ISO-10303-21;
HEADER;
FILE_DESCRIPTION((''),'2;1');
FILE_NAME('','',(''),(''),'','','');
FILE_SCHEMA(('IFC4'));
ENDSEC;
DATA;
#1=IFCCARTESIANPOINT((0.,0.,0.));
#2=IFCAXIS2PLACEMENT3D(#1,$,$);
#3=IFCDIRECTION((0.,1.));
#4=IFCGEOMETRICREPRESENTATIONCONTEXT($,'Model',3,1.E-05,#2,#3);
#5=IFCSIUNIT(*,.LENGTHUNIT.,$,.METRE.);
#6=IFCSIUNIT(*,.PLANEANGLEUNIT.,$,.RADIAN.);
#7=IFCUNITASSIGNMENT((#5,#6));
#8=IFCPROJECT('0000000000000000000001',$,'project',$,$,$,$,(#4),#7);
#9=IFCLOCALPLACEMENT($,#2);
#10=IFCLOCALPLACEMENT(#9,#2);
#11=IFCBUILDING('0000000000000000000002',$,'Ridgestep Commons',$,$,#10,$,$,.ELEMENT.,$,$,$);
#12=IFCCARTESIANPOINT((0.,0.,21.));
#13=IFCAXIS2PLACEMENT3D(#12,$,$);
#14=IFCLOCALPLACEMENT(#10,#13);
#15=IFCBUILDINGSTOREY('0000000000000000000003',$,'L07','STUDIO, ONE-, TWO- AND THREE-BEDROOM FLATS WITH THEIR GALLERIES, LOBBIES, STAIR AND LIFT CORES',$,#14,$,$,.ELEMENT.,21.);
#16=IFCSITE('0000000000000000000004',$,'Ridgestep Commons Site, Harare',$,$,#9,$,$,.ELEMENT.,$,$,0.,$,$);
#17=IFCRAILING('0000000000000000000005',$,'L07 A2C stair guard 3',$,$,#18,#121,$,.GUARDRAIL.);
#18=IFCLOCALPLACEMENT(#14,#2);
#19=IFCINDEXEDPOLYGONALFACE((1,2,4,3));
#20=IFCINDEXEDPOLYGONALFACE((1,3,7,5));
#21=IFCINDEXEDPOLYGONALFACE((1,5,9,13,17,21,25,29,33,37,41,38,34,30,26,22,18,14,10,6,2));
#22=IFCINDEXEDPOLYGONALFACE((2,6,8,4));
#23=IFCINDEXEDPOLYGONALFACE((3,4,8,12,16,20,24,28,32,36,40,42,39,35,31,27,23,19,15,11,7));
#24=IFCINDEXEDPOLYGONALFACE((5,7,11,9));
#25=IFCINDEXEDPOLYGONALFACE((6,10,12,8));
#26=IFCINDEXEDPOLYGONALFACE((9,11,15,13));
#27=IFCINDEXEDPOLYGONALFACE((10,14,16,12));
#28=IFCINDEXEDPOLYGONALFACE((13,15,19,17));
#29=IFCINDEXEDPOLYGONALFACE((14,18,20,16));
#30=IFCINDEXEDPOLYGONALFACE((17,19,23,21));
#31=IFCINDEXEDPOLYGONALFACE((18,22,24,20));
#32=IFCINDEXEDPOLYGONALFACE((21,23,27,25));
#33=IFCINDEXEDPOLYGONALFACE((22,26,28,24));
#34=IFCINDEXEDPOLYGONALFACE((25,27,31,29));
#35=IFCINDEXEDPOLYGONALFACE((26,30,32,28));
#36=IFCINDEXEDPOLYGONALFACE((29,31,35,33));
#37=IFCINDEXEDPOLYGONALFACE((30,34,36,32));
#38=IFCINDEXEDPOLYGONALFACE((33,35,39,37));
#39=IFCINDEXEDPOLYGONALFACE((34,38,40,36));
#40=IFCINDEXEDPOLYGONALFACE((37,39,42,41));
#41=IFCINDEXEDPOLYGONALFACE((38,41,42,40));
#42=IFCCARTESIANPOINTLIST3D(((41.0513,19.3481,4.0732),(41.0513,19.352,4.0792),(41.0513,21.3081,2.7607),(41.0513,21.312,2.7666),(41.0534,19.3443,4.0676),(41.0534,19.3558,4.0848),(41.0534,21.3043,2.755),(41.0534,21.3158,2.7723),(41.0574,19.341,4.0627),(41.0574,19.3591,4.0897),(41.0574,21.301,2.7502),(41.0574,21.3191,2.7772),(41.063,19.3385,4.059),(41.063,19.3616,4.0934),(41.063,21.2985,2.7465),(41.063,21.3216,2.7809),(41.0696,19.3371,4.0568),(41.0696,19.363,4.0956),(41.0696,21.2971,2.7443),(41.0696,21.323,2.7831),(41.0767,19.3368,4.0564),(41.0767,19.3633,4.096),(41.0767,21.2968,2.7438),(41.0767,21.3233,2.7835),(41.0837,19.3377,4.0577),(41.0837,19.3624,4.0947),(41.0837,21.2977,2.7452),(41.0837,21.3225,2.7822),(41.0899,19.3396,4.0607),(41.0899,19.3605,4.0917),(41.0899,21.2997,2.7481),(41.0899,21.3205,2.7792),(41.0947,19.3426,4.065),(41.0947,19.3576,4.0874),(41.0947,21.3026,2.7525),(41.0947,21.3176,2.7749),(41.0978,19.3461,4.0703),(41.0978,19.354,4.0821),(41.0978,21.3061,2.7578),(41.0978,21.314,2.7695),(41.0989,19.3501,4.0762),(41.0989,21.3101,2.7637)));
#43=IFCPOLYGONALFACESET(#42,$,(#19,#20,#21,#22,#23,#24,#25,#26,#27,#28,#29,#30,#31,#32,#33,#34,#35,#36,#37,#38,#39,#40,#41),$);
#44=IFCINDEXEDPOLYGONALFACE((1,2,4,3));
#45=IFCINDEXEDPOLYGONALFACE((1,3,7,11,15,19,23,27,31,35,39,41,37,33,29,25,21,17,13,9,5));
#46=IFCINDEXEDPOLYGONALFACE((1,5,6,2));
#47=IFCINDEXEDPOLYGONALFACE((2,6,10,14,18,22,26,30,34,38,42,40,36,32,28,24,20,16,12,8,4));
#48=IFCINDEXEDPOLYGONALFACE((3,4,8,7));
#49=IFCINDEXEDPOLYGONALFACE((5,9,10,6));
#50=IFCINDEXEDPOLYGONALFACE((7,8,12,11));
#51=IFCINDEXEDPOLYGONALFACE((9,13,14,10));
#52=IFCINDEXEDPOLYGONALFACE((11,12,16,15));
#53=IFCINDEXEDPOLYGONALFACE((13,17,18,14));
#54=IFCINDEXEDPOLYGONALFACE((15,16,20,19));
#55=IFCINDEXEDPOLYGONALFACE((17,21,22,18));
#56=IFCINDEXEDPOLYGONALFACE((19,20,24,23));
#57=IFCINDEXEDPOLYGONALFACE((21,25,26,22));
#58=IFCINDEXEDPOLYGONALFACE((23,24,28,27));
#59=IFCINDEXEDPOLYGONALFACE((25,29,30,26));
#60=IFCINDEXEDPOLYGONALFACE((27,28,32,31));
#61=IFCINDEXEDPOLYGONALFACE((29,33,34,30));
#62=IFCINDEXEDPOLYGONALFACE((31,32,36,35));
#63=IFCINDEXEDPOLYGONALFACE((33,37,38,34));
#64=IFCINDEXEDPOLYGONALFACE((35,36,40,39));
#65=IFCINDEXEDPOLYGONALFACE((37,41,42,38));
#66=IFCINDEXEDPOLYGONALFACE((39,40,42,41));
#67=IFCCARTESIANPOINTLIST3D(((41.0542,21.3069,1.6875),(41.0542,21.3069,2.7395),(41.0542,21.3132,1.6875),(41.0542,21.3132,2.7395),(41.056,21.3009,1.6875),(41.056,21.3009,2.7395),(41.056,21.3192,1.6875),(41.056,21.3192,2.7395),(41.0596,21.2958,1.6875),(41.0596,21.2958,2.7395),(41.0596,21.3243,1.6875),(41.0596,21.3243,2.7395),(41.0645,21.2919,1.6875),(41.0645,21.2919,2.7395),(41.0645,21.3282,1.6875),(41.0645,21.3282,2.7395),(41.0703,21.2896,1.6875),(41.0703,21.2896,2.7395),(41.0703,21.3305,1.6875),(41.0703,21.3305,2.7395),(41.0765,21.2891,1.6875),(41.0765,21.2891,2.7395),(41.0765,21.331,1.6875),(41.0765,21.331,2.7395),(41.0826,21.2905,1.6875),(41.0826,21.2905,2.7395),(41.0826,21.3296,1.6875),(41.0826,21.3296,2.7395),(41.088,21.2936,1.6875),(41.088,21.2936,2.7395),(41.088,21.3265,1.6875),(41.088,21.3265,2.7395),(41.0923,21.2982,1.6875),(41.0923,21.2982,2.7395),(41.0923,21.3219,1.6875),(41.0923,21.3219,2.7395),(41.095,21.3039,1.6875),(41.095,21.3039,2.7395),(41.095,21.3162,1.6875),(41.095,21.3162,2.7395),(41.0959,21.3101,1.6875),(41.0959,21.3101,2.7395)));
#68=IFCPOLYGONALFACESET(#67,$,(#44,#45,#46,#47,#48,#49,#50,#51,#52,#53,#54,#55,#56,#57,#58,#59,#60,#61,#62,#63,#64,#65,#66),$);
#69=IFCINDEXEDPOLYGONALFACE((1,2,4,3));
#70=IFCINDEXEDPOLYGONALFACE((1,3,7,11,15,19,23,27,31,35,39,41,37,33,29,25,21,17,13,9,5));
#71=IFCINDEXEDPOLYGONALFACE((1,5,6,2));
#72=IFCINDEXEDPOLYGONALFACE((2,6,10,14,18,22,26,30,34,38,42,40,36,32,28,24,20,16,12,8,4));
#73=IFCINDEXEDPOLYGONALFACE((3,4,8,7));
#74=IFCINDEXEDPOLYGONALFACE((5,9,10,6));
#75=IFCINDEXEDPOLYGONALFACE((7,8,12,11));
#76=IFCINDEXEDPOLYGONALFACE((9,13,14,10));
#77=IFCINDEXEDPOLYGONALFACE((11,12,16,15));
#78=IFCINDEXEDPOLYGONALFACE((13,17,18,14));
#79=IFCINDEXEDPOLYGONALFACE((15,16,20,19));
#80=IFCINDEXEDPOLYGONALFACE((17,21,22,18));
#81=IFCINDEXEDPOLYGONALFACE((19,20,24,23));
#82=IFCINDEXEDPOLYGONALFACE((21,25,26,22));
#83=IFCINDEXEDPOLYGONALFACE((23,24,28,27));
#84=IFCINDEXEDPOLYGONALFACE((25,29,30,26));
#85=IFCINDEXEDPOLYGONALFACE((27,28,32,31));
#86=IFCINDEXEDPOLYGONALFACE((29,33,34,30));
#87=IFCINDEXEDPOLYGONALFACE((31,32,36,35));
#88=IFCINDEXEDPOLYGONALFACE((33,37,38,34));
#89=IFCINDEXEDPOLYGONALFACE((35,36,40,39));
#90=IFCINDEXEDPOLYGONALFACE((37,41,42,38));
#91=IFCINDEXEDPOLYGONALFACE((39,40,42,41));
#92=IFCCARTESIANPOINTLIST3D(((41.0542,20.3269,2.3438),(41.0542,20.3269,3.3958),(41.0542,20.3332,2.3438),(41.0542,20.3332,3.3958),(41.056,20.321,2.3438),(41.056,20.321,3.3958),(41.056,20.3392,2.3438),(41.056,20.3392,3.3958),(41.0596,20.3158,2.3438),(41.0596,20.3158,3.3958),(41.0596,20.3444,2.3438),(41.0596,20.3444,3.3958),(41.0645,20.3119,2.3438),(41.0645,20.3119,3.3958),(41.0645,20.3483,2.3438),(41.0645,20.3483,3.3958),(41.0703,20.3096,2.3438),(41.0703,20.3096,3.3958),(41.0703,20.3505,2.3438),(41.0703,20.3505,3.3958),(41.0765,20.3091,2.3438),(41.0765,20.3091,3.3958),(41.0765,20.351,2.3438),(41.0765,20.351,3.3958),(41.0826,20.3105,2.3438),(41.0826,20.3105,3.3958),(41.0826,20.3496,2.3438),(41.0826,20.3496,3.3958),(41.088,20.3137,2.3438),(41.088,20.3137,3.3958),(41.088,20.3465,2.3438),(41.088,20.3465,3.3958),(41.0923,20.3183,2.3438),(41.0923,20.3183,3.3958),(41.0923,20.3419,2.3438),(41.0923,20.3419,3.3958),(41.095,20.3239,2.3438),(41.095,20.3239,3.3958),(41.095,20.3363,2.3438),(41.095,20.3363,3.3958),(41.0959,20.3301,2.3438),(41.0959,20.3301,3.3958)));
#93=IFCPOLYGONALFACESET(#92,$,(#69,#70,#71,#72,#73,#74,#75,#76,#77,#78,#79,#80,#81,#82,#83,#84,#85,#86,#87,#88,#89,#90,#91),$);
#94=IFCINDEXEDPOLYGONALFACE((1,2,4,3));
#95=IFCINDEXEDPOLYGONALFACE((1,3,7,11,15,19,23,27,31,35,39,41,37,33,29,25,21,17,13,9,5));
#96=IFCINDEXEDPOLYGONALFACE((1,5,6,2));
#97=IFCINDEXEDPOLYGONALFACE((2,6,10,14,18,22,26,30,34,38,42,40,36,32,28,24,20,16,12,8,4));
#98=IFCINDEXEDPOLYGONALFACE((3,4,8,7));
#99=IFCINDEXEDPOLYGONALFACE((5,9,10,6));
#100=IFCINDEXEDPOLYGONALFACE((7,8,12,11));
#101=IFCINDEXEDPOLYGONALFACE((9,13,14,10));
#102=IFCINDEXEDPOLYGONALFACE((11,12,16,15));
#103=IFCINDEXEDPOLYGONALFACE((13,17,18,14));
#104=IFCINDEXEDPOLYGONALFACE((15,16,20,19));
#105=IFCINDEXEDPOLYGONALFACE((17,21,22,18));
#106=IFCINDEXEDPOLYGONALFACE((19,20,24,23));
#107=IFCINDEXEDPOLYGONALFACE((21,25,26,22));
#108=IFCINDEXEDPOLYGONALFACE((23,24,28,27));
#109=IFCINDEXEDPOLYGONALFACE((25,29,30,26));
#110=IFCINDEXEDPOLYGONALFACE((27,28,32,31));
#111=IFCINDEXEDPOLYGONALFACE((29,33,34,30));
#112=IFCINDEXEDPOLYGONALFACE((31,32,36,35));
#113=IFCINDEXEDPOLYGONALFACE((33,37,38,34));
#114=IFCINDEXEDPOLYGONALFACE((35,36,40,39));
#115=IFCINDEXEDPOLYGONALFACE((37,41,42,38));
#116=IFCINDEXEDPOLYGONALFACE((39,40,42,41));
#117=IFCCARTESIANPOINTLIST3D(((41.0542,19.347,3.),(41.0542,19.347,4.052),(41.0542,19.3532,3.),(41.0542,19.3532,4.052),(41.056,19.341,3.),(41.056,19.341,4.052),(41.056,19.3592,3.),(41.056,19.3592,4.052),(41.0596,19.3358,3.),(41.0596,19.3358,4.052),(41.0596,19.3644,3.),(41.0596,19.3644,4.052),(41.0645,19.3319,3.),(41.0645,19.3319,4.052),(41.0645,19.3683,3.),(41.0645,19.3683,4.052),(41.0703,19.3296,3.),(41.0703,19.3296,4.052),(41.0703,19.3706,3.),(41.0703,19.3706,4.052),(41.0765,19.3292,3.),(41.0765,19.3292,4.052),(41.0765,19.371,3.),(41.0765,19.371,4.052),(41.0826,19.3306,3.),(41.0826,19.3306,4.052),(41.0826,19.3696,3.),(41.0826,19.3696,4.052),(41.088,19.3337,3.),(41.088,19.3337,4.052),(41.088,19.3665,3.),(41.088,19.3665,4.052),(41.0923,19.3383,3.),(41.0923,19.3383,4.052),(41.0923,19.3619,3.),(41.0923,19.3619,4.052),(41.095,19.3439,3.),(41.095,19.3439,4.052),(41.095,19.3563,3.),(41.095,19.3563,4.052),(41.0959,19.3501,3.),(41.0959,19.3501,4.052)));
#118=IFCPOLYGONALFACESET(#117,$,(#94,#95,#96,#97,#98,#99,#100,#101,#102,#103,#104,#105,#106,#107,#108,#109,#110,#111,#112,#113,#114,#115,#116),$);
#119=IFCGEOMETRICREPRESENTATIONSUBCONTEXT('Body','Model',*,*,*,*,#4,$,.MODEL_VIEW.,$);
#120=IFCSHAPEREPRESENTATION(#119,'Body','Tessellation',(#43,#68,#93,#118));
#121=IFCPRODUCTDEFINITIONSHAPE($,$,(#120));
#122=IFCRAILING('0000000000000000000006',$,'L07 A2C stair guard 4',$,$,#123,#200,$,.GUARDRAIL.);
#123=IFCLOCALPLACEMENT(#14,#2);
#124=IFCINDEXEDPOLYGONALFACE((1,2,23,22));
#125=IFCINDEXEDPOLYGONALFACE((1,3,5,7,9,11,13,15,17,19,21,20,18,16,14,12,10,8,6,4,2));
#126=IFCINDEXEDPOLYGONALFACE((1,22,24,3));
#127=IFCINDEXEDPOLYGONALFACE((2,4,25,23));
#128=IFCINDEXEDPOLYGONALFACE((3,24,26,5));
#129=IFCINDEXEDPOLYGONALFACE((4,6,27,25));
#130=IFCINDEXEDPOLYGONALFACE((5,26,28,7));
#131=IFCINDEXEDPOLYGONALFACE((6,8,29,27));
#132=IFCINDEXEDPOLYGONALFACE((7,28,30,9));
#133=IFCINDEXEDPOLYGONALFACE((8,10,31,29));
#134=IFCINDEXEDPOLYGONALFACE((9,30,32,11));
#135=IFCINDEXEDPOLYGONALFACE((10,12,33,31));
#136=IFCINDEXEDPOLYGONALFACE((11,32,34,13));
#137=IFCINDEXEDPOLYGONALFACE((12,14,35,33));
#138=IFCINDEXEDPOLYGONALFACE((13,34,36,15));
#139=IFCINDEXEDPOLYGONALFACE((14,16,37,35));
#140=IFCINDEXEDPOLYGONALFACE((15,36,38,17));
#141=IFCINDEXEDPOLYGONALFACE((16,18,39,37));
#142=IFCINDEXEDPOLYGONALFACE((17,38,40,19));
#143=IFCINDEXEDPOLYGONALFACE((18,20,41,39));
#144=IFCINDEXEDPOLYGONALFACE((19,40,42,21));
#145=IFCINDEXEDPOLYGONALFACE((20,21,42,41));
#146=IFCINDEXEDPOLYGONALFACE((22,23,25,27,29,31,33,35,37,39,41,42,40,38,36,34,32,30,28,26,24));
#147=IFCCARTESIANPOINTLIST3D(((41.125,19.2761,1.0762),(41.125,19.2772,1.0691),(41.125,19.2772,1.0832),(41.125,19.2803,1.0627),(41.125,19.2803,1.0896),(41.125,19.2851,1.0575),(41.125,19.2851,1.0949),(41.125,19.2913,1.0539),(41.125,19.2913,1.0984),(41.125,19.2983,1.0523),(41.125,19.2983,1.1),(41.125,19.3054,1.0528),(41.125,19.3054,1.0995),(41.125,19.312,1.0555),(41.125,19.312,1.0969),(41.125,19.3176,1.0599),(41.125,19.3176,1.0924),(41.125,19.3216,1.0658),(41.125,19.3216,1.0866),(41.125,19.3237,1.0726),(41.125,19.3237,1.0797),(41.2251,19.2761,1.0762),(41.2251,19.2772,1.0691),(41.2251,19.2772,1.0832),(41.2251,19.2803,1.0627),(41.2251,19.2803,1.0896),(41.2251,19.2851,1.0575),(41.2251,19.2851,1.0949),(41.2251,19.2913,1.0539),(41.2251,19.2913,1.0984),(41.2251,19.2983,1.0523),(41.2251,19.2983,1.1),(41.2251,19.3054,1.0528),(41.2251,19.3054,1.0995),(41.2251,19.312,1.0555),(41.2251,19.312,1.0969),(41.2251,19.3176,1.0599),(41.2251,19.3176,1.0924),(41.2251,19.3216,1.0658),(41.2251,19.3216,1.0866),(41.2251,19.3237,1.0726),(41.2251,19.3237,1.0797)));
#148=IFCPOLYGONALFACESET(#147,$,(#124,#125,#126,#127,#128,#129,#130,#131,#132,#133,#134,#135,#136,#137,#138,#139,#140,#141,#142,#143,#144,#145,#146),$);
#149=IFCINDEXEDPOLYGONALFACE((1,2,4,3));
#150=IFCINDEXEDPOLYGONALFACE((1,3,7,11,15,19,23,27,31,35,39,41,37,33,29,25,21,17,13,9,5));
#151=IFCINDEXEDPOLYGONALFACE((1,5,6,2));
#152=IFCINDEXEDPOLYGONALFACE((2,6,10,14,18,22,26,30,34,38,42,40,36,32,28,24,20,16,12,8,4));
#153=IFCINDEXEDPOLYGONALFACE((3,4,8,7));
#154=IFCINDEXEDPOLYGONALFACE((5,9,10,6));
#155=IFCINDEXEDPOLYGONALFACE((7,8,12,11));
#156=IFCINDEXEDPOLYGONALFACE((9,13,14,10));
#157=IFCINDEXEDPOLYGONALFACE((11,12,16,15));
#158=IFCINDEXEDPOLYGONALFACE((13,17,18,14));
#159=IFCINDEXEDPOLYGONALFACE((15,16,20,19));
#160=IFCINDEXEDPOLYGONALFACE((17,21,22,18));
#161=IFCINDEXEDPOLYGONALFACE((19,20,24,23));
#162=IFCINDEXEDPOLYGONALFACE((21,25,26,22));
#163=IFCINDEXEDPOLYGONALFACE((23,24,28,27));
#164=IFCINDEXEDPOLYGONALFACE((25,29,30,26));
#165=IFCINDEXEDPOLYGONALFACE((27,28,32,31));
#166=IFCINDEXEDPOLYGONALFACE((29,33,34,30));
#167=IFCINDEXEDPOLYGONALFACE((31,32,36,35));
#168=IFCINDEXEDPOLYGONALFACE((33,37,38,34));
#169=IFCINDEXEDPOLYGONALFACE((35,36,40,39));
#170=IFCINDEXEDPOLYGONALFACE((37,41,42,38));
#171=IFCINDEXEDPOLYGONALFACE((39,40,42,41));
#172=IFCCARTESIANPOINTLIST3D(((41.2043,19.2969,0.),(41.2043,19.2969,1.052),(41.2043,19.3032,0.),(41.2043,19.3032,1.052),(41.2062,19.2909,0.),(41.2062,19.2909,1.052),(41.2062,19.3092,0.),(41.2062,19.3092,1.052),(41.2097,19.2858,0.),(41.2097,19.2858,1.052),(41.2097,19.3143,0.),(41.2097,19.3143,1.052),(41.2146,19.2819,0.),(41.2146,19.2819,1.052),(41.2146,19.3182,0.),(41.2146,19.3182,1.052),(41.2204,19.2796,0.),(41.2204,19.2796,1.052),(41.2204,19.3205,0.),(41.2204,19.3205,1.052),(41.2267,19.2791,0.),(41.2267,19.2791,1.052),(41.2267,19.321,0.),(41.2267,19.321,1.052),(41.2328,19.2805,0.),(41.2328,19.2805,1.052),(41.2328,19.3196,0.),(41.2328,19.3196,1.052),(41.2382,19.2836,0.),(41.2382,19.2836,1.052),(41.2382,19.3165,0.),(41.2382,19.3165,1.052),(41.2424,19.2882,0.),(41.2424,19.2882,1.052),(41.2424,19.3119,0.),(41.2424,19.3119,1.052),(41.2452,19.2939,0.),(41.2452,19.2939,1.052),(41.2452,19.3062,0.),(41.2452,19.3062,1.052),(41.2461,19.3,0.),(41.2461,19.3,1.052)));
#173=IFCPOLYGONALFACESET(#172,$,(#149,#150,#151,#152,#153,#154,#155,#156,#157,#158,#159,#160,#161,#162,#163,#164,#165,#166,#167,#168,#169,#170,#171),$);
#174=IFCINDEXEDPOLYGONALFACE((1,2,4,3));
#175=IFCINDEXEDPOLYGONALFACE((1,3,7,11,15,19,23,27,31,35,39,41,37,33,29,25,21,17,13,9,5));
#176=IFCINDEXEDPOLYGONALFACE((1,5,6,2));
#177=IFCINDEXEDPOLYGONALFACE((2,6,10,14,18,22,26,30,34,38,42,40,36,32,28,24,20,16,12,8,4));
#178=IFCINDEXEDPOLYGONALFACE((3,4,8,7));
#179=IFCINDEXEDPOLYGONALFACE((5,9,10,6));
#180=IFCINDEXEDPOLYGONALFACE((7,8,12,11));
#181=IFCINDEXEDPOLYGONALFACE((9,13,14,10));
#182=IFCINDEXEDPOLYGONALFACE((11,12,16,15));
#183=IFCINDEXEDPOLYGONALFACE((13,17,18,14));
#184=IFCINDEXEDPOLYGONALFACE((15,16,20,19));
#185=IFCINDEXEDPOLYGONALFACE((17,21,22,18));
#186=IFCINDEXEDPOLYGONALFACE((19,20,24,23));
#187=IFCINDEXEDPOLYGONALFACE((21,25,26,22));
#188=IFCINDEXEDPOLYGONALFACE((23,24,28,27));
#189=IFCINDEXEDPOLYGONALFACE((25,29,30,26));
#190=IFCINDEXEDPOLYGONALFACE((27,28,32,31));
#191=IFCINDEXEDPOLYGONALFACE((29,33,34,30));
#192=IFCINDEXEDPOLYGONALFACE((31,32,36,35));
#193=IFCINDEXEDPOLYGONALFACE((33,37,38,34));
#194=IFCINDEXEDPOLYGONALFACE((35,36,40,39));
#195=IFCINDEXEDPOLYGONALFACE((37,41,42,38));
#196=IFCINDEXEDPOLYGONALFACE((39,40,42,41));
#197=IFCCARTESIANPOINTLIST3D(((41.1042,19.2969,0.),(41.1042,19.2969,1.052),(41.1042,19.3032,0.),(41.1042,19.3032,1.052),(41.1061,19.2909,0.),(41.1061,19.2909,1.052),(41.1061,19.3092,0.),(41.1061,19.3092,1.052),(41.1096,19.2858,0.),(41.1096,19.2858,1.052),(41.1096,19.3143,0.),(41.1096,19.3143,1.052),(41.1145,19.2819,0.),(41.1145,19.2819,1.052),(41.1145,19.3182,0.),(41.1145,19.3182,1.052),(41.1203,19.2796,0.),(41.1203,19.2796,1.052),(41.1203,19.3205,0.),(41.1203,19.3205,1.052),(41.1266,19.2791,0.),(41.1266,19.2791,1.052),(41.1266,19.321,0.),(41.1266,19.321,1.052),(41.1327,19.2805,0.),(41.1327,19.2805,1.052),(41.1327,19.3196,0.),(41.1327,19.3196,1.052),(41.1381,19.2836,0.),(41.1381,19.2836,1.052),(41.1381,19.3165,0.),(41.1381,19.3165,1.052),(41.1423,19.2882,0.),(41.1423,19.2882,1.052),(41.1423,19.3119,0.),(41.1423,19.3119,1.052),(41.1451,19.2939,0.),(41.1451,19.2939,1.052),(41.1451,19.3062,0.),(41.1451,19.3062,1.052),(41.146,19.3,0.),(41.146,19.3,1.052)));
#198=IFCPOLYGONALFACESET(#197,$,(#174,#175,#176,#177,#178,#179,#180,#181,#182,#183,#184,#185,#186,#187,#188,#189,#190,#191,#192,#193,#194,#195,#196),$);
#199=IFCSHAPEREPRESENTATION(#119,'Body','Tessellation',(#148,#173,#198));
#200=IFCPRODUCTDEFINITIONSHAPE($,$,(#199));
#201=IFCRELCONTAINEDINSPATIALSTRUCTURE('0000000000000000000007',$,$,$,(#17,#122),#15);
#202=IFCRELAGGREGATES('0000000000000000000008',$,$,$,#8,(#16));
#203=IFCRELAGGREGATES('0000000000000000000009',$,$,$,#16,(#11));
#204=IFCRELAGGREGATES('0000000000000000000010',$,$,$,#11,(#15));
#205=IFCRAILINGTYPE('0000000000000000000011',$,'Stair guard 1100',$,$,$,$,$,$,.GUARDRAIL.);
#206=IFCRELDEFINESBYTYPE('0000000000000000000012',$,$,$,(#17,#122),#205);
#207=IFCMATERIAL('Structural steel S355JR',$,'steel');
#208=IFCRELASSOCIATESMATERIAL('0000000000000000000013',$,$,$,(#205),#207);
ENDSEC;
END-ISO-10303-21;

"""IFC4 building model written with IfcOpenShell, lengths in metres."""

from ifc_helpers import new_model, si_unit, direction, frame, origin, origin_2d, place, context, subcontext, project, spatial, circle, extrude, material, type_object, element, save


model = new_model("IFC4")

# Units and contexts
model_context = context("Model", 3, precision=1e-05, world=origin(), true_north=direction((0.0, 1.0)))
body_context = subcontext(model_context, "Body", "Model", "MODEL_VIEW")
ifc_project = project(units=[si_unit("LENGTHUNIT", "METRE"), si_unit("PLANEANGLEUNIT", "RADIAN")], contexts=[model_context])

# Site, building, storey
site_placement = place(None, origin())
site = spatial("IfcSite", under=ifc_project, at=site_placement, Name="Ridgestep Commons Site, Harare", CompositionType="ELEMENT", RefElevation=0.0)
building_placement = place(site_placement, origin())
building = spatial("IfcBuilding", under=site, at=building_placement, Name="Ridgestep Commons", CompositionType="ELEMENT")
storey_placement = place(building_placement, frame((0.0, 0.0, 21.0)))
storey = spatial("IfcBuildingStorey", under=building, at=storey_placement, Name="L07", Description="STUDIO, ONE-, TWO- AND THREE-BEDROOM FLATS WITH THEIR GALLERIES, LOBBIES, STAIR AND LIFT CORES", CompositionType="ELEMENT", Elevation=21.0)

# Railings
ifc_material_1 = material(Name="Structural steel S355JR", Category="steel")
railing_type_1 = type_object("IfcRailingType", Name="Stair guard 1100", PredefinedType="GUARDRAIL", material=ifc_material_1)
railing_1_placement = place(storey_placement, frame((41.075, 21.3101, 1.6875)))
element("IfcRailing", 1, at=railing_1_placement, inside=storey, type_object=railing_type_1, Name="L07 A2C stair guard 3", PredefinedType="GUARDRAIL", context=body_context, shape_type="SweptSolid", body=[
    extrude(circle(Radius=0.0239, at=origin_2d()), frame((0.0, 0.0, 1.0762), z_axis=(0.0, -0.830902, 0.556419), x_axis=(1.0, 0.0, 0.0)), (0.0, 0.0, 1.0), 2.3589),
    extrude(circle(Radius=0.021, at=origin_2d()), origin(), (0.0, 0.0, 1.0), 1.052),
    extrude(circle(Radius=0.021, at=origin_2d()), frame((0.0, -0.98, 0.6562)), (0.0, 0.0, 1.0), 1.052),
    extrude(circle(Radius=0.021, at=origin_2d()), frame((0.0, -1.96, 1.3125)), (0.0, 0.0, 1.0), 1.052),
])
railing_2_placement = place(storey_placement, frame((41.2251, 19.3, 0.0)))
element("IfcRailing", 2, at=railing_2_placement, inside=storey, type_object=railing_type_1, Name="L07 A2C stair guard 4", PredefinedType="GUARDRAIL", context=body_context, shape_type="SweptSolid", body=[
    extrude(circle(Radius=0.0239, at=origin_2d()), frame((0.0, 0.0, 1.0762), z_axis=(-1.0, 0.0, 0.0), x_axis=(0.0, -1.0, 0.0)), (0.0, 0.0, 1.0), 0.1001),
    extrude(circle(Radius=0.021, at=origin_2d()), origin(), (0.0, 0.0, 1.0), 1.052),
    extrude(circle(Radius=0.021, at=origin_2d()), frame((-0.1001, 0.0, 0.0)), (0.0, 0.0, 1.0), 1.052),
])

save(model, "model.ifc")
